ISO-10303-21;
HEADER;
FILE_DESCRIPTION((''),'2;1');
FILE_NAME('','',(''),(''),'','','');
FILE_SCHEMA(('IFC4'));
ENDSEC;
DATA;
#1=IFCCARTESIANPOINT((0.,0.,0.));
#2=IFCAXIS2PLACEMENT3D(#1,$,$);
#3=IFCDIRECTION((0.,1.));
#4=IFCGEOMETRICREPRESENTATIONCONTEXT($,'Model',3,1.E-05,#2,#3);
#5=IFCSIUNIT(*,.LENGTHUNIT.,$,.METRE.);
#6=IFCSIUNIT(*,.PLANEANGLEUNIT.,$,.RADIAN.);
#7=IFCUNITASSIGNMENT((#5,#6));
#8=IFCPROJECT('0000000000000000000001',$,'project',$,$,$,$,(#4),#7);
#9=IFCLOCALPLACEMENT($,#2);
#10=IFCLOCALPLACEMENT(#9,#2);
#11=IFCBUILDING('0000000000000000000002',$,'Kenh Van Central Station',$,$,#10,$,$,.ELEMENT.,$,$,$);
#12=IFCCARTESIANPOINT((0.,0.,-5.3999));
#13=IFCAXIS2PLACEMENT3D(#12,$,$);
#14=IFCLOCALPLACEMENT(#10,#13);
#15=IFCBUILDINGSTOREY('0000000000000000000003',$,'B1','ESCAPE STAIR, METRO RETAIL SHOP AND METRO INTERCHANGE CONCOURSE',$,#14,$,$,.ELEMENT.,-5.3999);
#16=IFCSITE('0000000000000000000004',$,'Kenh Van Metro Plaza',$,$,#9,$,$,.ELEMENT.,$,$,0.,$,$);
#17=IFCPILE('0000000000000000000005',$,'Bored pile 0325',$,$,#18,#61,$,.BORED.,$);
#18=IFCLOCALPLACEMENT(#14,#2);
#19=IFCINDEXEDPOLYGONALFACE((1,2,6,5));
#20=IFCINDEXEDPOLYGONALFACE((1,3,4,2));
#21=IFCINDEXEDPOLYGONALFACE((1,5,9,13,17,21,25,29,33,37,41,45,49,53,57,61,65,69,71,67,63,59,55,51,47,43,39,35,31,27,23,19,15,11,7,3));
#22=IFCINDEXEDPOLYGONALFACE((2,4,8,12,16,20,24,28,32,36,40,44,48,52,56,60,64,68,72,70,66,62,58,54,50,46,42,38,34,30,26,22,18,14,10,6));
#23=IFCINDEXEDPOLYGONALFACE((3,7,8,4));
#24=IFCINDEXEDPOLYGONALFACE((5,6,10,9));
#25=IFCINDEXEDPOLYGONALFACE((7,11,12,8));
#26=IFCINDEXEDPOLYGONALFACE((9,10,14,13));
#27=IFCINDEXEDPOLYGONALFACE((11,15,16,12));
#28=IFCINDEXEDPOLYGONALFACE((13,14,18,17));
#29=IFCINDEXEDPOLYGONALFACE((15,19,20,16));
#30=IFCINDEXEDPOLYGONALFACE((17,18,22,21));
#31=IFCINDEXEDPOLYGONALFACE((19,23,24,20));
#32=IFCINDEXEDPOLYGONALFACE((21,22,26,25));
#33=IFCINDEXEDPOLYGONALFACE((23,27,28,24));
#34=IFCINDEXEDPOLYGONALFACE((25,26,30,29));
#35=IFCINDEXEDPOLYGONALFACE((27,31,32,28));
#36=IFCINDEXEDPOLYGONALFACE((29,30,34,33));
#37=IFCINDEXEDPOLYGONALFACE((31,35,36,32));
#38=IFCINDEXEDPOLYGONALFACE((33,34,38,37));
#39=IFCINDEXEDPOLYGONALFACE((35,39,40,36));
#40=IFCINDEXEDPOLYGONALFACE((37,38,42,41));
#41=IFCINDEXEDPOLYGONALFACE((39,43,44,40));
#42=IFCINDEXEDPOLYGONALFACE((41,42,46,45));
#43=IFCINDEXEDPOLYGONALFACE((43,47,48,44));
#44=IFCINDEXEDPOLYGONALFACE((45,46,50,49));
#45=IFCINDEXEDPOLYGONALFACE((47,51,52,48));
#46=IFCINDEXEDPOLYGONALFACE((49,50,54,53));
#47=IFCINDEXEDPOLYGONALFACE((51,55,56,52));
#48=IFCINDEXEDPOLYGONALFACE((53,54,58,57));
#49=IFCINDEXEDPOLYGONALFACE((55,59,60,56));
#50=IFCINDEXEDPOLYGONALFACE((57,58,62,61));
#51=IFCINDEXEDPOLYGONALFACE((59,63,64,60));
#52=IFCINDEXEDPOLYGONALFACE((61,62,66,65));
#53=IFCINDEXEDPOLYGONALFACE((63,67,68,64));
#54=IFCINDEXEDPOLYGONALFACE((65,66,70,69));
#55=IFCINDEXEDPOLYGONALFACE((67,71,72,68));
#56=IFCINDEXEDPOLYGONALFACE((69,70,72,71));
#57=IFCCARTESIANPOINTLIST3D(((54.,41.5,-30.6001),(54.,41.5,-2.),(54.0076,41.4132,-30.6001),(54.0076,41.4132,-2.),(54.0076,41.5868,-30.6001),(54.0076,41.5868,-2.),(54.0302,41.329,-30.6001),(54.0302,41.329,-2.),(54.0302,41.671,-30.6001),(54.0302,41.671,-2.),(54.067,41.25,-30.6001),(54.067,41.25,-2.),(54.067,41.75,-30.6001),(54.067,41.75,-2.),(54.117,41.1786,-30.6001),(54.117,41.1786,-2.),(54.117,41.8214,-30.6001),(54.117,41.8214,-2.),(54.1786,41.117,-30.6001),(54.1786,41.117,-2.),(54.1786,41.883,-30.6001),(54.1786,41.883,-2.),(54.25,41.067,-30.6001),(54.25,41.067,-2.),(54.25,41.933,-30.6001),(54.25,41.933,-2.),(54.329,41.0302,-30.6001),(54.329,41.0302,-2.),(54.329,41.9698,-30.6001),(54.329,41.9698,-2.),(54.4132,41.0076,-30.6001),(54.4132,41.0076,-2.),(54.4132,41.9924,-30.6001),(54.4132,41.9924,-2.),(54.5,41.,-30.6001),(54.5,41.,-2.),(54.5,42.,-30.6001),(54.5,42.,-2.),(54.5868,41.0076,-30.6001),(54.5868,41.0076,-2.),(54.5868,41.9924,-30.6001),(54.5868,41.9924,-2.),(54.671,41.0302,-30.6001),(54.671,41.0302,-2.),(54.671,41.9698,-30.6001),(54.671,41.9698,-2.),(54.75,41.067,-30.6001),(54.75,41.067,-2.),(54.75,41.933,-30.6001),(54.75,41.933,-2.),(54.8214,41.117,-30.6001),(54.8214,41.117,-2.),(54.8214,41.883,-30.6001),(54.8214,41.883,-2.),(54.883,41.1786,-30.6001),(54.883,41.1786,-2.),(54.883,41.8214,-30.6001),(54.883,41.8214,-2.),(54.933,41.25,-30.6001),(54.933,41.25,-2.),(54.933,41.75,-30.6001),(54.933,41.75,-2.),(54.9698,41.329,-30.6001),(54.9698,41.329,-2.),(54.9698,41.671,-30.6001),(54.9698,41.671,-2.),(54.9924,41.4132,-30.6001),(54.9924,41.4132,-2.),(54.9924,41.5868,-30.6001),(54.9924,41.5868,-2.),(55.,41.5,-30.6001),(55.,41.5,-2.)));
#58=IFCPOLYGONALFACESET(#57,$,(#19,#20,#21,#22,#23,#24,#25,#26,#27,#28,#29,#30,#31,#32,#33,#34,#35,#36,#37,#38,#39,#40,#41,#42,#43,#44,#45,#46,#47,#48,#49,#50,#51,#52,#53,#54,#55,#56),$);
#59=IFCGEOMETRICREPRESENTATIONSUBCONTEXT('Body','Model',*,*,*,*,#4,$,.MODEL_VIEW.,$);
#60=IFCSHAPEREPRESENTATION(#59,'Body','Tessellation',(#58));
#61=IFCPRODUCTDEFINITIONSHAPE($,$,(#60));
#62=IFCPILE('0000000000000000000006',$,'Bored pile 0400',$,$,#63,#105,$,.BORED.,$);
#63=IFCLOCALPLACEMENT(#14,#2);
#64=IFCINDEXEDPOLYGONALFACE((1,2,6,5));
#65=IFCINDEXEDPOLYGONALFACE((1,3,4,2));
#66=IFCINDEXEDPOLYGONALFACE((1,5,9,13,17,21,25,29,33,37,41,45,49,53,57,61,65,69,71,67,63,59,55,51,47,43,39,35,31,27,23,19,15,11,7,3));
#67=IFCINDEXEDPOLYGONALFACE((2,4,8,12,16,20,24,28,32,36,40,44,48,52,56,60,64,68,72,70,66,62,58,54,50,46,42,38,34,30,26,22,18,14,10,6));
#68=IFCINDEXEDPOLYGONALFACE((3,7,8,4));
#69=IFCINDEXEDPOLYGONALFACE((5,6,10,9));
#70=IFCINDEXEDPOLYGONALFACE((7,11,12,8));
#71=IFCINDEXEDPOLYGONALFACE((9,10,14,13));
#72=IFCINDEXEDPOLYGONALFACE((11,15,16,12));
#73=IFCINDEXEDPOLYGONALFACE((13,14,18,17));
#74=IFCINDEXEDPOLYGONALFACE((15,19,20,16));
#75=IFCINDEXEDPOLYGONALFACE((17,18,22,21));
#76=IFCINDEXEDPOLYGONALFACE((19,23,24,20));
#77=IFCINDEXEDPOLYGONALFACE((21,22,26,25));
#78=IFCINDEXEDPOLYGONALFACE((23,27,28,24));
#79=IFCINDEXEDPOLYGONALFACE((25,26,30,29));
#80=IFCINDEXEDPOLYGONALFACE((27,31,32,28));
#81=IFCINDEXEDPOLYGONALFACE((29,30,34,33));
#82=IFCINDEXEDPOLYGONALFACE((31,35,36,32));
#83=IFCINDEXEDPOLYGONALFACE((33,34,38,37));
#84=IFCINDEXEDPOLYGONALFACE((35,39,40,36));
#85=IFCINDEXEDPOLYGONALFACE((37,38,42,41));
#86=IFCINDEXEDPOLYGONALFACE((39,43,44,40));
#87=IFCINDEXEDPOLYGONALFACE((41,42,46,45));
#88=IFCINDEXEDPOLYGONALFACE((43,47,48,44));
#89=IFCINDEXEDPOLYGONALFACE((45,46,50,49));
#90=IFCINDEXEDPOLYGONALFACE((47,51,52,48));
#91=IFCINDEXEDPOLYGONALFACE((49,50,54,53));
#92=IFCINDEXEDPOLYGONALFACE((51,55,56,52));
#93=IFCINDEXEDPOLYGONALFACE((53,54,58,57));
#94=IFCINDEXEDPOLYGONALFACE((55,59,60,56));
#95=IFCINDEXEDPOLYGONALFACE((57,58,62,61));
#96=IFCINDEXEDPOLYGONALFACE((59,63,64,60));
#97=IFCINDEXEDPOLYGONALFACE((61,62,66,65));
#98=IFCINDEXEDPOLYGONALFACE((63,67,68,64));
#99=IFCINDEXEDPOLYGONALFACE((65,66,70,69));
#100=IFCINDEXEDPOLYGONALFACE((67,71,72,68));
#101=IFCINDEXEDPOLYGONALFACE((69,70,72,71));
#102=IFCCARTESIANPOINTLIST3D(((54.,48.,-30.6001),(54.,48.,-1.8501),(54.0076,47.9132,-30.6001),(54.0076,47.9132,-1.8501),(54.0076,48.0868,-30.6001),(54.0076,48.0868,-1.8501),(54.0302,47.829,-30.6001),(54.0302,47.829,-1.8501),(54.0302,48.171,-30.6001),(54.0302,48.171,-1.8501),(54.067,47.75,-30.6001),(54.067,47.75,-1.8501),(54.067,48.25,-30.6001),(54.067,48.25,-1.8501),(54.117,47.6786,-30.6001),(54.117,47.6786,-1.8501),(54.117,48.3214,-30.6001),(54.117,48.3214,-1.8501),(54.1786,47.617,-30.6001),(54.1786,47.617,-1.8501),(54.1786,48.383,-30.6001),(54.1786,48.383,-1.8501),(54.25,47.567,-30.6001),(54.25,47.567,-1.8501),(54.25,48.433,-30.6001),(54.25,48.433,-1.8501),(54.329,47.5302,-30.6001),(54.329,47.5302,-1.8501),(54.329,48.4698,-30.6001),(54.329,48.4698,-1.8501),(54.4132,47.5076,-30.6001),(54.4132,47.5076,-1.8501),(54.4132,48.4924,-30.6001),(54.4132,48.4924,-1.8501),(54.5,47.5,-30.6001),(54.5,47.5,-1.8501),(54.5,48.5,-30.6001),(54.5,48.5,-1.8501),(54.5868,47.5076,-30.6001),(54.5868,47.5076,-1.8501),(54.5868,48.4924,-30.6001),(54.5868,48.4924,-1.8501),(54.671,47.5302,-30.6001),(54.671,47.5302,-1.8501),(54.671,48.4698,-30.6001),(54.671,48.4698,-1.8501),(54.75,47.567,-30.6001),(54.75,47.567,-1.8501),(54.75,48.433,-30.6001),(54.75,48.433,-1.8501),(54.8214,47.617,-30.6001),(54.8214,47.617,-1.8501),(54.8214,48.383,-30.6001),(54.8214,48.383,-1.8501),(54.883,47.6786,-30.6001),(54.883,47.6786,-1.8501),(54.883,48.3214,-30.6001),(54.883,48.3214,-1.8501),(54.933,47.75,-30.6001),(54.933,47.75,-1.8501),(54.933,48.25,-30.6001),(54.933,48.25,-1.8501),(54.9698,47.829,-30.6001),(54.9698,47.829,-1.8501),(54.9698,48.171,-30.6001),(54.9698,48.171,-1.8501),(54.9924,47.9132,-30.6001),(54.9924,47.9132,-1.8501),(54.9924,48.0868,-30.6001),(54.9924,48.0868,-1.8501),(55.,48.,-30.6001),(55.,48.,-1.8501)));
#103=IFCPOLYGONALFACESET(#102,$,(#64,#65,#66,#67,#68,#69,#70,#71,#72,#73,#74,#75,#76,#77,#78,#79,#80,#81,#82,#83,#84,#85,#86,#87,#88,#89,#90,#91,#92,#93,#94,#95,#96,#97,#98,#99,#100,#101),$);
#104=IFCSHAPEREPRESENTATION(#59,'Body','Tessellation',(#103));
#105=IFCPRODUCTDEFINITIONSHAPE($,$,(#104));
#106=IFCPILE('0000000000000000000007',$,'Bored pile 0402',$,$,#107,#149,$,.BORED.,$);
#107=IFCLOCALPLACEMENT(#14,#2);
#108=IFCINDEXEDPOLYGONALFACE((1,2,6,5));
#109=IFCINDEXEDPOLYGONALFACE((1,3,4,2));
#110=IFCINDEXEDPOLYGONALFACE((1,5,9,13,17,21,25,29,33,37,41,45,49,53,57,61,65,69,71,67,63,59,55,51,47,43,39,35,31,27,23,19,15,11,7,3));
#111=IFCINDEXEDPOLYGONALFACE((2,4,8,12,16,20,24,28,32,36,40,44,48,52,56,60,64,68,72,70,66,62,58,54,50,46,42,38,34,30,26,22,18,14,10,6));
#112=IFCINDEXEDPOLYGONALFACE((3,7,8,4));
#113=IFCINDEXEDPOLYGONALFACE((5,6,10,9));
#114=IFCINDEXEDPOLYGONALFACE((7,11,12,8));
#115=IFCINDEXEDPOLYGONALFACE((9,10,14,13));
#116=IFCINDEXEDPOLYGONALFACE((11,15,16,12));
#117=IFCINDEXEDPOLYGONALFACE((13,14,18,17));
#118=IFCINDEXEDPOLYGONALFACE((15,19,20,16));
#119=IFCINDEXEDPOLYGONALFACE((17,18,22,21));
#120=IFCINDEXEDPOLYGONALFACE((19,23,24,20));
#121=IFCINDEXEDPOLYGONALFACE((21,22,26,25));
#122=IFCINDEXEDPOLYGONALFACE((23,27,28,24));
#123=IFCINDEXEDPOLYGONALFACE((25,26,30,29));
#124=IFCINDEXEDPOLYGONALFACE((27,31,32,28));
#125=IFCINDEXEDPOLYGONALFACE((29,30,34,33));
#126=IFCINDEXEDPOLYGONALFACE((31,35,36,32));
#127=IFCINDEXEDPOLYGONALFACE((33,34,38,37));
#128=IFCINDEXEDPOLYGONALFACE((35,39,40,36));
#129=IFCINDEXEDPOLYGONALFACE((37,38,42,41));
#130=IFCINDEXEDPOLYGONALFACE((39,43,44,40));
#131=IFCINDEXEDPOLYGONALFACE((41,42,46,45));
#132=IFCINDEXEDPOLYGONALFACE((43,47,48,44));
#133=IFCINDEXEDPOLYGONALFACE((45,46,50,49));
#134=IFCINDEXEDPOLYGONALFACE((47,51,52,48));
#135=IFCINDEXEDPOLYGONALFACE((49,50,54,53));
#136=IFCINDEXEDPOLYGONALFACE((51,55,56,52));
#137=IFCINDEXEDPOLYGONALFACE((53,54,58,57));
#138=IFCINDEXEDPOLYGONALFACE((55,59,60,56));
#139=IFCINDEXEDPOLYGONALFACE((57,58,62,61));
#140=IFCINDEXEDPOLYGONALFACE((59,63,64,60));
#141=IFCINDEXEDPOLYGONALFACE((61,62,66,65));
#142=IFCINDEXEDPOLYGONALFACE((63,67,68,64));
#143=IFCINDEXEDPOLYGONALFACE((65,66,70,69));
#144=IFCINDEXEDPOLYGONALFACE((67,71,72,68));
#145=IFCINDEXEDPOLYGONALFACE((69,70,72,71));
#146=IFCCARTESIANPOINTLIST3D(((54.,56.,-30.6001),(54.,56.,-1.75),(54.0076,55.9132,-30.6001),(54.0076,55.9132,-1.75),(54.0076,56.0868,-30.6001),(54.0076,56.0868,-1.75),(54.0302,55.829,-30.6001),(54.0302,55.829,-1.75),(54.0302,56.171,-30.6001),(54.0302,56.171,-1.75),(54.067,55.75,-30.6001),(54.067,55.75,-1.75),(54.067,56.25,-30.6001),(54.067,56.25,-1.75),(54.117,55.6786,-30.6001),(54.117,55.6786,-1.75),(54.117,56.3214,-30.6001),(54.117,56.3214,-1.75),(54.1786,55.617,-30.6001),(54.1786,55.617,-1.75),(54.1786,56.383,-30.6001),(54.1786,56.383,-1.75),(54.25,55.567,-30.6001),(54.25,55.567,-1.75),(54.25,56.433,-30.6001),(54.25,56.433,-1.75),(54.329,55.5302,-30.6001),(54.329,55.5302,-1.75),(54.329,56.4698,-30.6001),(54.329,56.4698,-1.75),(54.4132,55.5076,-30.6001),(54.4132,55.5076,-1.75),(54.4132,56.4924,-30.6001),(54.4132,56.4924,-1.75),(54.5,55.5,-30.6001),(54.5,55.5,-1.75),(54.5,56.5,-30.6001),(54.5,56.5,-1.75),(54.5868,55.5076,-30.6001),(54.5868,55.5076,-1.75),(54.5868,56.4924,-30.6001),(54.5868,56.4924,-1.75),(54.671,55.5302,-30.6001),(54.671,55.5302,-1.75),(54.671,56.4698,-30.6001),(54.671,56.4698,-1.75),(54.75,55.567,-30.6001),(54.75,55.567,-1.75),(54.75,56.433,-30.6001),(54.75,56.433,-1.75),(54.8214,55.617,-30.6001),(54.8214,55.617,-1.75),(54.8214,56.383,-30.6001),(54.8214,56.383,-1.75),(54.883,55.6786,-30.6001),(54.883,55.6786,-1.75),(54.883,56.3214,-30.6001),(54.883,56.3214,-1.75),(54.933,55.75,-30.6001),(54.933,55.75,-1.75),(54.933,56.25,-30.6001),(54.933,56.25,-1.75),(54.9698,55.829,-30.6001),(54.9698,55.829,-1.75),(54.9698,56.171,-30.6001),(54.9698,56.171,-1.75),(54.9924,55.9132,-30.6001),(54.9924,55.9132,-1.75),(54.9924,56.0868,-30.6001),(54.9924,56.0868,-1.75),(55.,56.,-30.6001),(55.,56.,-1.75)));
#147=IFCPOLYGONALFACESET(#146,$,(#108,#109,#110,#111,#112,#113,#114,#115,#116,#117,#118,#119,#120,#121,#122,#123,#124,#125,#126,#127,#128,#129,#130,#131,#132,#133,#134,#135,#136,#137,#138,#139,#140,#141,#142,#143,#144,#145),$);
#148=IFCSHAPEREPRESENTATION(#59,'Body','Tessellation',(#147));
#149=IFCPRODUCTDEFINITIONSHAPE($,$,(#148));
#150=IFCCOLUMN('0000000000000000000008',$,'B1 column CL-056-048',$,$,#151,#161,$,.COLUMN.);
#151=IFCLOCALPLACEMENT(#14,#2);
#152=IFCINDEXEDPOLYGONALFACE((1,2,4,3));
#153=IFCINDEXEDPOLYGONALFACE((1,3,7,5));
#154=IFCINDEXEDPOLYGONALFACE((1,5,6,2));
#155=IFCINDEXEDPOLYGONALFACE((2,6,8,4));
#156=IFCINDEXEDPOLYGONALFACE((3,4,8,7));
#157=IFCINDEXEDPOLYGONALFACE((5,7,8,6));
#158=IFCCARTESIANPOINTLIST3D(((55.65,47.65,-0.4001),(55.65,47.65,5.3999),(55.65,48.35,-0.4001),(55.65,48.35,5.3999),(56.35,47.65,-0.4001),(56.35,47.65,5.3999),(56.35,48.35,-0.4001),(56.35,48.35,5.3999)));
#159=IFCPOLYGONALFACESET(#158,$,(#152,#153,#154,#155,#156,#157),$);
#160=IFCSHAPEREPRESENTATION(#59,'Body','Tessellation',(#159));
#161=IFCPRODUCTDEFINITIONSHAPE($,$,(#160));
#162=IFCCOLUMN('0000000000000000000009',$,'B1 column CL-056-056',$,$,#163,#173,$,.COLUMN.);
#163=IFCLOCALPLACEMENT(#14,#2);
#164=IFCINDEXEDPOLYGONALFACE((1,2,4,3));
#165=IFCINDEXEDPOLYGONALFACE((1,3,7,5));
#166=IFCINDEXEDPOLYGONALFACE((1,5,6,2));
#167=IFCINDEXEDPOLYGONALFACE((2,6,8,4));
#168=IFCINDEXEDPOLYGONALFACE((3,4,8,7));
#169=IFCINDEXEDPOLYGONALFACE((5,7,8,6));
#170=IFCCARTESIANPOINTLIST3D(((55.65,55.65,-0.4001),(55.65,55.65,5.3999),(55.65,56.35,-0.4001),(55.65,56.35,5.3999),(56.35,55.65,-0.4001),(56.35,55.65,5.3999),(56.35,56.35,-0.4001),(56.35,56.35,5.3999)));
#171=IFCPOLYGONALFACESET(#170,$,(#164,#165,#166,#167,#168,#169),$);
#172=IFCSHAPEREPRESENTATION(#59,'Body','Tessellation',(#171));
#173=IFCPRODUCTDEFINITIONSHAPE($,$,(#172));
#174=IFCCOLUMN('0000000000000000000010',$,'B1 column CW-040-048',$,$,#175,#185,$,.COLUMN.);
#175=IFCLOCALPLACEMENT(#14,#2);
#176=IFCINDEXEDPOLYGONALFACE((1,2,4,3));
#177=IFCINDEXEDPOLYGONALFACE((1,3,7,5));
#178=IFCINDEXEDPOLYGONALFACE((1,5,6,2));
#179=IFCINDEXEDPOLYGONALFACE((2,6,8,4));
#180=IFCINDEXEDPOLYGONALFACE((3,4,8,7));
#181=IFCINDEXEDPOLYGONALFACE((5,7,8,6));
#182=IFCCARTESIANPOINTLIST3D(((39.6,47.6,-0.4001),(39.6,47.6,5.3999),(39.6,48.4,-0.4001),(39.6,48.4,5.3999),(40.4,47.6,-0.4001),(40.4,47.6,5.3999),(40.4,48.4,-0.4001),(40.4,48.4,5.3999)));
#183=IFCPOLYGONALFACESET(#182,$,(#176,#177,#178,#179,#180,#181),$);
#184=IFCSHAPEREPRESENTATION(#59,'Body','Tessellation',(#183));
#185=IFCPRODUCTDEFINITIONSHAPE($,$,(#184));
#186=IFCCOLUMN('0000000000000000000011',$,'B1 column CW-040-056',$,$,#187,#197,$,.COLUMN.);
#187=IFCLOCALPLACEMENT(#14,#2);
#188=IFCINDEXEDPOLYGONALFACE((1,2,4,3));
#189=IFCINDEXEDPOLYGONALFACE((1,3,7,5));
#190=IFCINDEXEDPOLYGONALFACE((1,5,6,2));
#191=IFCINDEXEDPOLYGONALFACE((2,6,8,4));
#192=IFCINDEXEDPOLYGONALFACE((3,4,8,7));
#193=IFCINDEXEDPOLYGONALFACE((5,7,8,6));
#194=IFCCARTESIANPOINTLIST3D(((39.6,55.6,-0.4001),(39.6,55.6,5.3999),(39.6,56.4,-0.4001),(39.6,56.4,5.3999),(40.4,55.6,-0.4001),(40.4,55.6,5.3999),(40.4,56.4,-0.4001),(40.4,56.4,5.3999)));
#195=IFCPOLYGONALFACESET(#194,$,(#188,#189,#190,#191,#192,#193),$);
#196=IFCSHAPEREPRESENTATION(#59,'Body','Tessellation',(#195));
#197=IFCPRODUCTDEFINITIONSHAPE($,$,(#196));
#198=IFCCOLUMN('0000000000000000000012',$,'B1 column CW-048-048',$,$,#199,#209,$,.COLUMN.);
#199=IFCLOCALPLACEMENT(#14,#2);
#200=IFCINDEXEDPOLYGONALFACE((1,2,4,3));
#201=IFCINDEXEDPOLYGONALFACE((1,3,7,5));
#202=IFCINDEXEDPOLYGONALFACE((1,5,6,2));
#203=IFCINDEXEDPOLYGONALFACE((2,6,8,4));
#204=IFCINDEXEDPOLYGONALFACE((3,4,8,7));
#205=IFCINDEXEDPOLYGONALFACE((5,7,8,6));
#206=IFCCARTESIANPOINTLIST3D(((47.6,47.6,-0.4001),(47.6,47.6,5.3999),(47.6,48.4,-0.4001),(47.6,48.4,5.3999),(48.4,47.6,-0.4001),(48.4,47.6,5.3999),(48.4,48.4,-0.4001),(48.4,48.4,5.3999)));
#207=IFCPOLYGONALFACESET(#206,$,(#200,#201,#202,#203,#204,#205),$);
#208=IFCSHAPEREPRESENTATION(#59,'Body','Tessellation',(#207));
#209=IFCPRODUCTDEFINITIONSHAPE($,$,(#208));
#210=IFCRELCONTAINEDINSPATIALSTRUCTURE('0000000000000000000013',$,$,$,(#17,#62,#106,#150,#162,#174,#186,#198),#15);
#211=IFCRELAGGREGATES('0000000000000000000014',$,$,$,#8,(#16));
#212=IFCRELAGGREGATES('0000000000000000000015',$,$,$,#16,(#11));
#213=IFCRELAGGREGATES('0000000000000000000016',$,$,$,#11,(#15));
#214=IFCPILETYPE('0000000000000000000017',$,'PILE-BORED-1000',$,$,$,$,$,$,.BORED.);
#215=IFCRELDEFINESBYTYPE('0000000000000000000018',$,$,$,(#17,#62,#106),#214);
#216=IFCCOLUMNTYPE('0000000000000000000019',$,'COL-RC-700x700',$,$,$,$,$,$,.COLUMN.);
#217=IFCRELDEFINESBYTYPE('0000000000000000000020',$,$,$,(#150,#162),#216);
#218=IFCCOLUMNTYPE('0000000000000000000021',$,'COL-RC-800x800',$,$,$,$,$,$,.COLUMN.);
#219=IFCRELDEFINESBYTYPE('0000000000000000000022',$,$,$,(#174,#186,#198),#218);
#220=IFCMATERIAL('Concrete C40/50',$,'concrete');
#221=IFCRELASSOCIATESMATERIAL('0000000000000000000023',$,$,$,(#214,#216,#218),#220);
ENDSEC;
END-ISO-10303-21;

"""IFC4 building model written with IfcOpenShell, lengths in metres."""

from ifc_helpers import new_model, si_unit, direction, frame, origin, origin_2d, place, context, subcontext, project, spatial, rectangle, circle, extrude, material, material_profile, profile_set, type_object, element, save


model = new_model("IFC4")

# Units and contexts
model_context = context("Model", 3, precision=1e-05, world=origin(), true_north=direction((0.0, 1.0)))
body_context = subcontext(model_context, "Body", "Model", "MODEL_VIEW")
ifc_project = project(units=[si_unit("LENGTHUNIT", "METRE"), si_unit("PLANEANGLEUNIT", "RADIAN")], contexts=[model_context])

# Site, building, storey
site_placement = place(None, origin())
site = spatial("IfcSite", under=ifc_project, at=site_placement, Name="Kenh Van Metro Plaza", CompositionType="ELEMENT", RefElevation=0.0)
building_placement = place(site_placement, origin())
building = spatial("IfcBuilding", under=site, at=building_placement, Name="Kenh Van Central Station", CompositionType="ELEMENT")
storey_placement = place(building_placement, frame((0.0, 0.0, -5.3999)))
storey = spatial("IfcBuildingStorey", under=building, at=storey_placement, Name="B1", Description="ESCAPE STAIR, METRO RETAIL SHOP AND METRO INTERCHANGE CONCOURSE", CompositionType="ELEMENT", Elevation=-5.3999)

# Shared definitions
ifc_material_1 = material(Name="Concrete C40/50", Category="concrete")

# Piles
ifc_material_profile_1 = material_profile(ifc_material_1, circle(Radius=0.5, at=origin_2d()), Name="PILE D1000")
ifc_profile_set_1 = profile_set([ifc_material_profile_1], Name="Concrete C40/50")
pile_type = type_object("IfcPileType", Name="PILE-BORED-1000", PredefinedType="BORED", material=ifc_profile_set_1)
pile_1_placement = place(storey_placement, frame((54.5, 41.5, -2.0), z_axis=(0.0, 0.0, -1.0), x_axis=(1.0, 0.0, 0.0)))
element("IfcPile", 1, at=pile_1_placement, inside=storey, type_object=pile_type, Name="Bored pile 0325", PredefinedType="BORED", context=body_context, shape_type="SweptSolid", body=[
    extrude(circle(Radius=0.5, at=origin_2d()), origin(), (0.0, 0.0, 1.0), 28.6001),
])
pile_2_placement = place(storey_placement, frame((54.5, 48.0, -1.8501), z_axis=(0.0, 0.0, -1.0), x_axis=(1.0, 0.0, 0.0)))
element("IfcPile", 2, at=pile_2_placement, inside=storey, type_object=pile_type, Name="Bored pile 0400", PredefinedType="BORED", context=body_context, shape_type="SweptSolid", body=[
    extrude(circle(Radius=0.5, at=origin_2d()), origin(), (0.0, 0.0, 1.0), 28.75),
])
pile_3_placement = place(storey_placement, frame((54.5, 56.0, -1.75), z_axis=(0.0, 0.0, -1.0), x_axis=(1.0, 0.0, 0.0)))
element("IfcPile", 3, at=pile_3_placement, inside=storey, type_object=pile_type, Name="Bored pile 0402", PredefinedType="BORED", context=body_context, shape_type="SweptSolid", body=[
    extrude(circle(Radius=0.5, at=origin_2d()), origin(), (0.0, 0.0, 1.0), 28.8501),
])

# Columns
ifc_material_profile_2 = material_profile(ifc_material_1, rectangle(XDim=0.7, YDim=0.7, at=origin_2d()), Name="RC 700x700")
ifc_profile_set_2 = profile_set([ifc_material_profile_2], Name="Concrete C40/50")
column_type_1 = type_object("IfcColumnType", Name="COL-RC-700x700", PredefinedType="COLUMN", material=ifc_profile_set_2)
for number, where, z_axis, x_axis, name in (
    (4, (56.0, 48.0, -0.4001), (0.0, 0.0, 1.0), (1.0, 0.0, 0.0), "B1 column CL-056-048"),
    (5, (56.0, 56.0, -0.4001), (0.0, 0.0, 1.0), (1.0, 0.0, 0.0), "B1 column CL-056-056"),
):
    element("IfcColumn", number, at=place(storey_placement, frame(where, z_axis=z_axis, x_axis=x_axis)), inside=storey, type_object=column_type_1, Name=name, PredefinedType="COLUMN", context=body_context, shape_type="SweptSolid", body=[
        extrude(rectangle(XDim=0.7, YDim=0.7, at=origin_2d()), origin(), (0.0, 0.0, 1.0), 5.8),
    ])
ifc_material_profile_3 = material_profile(ifc_material_1, rectangle(XDim=0.8, YDim=0.8, at=origin_2d()), Name="RC 800x800")
ifc_profile_set_3 = profile_set([ifc_material_profile_3], Name="Concrete C40/50")
column_type_2 = type_object("IfcColumnType", Name="COL-RC-800x800", PredefinedType="COLUMN", material=ifc_profile_set_3)
for number, where, z_axis, x_axis, name in (
    (6, (40.0, 48.0, -0.4001), (0.0, 0.0, 1.0), (1.0, 0.0, 0.0), "B1 column CW-040-048"),
    (7, (40.0, 56.0, -0.4001), (0.0, 0.0, 1.0), (1.0, 0.0, 0.0), "B1 column CW-040-056"),
    (8, (48.0, 48.0, -0.4001), (0.0, 0.0, 1.0), (1.0, 0.0, 0.0), "B1 column CW-048-048"),
):
    element("IfcColumn", number, at=place(storey_placement, frame(where, z_axis=z_axis, x_axis=x_axis)), inside=storey, type_object=column_type_2, Name=name, PredefinedType="COLUMN", context=body_context, shape_type="SweptSolid", body=[
        extrude(rectangle(XDim=0.8, YDim=0.8, at=origin_2d()), origin(), (0.0, 0.0, 1.0), 5.8),
    ])

save(model, "model.ifc")
